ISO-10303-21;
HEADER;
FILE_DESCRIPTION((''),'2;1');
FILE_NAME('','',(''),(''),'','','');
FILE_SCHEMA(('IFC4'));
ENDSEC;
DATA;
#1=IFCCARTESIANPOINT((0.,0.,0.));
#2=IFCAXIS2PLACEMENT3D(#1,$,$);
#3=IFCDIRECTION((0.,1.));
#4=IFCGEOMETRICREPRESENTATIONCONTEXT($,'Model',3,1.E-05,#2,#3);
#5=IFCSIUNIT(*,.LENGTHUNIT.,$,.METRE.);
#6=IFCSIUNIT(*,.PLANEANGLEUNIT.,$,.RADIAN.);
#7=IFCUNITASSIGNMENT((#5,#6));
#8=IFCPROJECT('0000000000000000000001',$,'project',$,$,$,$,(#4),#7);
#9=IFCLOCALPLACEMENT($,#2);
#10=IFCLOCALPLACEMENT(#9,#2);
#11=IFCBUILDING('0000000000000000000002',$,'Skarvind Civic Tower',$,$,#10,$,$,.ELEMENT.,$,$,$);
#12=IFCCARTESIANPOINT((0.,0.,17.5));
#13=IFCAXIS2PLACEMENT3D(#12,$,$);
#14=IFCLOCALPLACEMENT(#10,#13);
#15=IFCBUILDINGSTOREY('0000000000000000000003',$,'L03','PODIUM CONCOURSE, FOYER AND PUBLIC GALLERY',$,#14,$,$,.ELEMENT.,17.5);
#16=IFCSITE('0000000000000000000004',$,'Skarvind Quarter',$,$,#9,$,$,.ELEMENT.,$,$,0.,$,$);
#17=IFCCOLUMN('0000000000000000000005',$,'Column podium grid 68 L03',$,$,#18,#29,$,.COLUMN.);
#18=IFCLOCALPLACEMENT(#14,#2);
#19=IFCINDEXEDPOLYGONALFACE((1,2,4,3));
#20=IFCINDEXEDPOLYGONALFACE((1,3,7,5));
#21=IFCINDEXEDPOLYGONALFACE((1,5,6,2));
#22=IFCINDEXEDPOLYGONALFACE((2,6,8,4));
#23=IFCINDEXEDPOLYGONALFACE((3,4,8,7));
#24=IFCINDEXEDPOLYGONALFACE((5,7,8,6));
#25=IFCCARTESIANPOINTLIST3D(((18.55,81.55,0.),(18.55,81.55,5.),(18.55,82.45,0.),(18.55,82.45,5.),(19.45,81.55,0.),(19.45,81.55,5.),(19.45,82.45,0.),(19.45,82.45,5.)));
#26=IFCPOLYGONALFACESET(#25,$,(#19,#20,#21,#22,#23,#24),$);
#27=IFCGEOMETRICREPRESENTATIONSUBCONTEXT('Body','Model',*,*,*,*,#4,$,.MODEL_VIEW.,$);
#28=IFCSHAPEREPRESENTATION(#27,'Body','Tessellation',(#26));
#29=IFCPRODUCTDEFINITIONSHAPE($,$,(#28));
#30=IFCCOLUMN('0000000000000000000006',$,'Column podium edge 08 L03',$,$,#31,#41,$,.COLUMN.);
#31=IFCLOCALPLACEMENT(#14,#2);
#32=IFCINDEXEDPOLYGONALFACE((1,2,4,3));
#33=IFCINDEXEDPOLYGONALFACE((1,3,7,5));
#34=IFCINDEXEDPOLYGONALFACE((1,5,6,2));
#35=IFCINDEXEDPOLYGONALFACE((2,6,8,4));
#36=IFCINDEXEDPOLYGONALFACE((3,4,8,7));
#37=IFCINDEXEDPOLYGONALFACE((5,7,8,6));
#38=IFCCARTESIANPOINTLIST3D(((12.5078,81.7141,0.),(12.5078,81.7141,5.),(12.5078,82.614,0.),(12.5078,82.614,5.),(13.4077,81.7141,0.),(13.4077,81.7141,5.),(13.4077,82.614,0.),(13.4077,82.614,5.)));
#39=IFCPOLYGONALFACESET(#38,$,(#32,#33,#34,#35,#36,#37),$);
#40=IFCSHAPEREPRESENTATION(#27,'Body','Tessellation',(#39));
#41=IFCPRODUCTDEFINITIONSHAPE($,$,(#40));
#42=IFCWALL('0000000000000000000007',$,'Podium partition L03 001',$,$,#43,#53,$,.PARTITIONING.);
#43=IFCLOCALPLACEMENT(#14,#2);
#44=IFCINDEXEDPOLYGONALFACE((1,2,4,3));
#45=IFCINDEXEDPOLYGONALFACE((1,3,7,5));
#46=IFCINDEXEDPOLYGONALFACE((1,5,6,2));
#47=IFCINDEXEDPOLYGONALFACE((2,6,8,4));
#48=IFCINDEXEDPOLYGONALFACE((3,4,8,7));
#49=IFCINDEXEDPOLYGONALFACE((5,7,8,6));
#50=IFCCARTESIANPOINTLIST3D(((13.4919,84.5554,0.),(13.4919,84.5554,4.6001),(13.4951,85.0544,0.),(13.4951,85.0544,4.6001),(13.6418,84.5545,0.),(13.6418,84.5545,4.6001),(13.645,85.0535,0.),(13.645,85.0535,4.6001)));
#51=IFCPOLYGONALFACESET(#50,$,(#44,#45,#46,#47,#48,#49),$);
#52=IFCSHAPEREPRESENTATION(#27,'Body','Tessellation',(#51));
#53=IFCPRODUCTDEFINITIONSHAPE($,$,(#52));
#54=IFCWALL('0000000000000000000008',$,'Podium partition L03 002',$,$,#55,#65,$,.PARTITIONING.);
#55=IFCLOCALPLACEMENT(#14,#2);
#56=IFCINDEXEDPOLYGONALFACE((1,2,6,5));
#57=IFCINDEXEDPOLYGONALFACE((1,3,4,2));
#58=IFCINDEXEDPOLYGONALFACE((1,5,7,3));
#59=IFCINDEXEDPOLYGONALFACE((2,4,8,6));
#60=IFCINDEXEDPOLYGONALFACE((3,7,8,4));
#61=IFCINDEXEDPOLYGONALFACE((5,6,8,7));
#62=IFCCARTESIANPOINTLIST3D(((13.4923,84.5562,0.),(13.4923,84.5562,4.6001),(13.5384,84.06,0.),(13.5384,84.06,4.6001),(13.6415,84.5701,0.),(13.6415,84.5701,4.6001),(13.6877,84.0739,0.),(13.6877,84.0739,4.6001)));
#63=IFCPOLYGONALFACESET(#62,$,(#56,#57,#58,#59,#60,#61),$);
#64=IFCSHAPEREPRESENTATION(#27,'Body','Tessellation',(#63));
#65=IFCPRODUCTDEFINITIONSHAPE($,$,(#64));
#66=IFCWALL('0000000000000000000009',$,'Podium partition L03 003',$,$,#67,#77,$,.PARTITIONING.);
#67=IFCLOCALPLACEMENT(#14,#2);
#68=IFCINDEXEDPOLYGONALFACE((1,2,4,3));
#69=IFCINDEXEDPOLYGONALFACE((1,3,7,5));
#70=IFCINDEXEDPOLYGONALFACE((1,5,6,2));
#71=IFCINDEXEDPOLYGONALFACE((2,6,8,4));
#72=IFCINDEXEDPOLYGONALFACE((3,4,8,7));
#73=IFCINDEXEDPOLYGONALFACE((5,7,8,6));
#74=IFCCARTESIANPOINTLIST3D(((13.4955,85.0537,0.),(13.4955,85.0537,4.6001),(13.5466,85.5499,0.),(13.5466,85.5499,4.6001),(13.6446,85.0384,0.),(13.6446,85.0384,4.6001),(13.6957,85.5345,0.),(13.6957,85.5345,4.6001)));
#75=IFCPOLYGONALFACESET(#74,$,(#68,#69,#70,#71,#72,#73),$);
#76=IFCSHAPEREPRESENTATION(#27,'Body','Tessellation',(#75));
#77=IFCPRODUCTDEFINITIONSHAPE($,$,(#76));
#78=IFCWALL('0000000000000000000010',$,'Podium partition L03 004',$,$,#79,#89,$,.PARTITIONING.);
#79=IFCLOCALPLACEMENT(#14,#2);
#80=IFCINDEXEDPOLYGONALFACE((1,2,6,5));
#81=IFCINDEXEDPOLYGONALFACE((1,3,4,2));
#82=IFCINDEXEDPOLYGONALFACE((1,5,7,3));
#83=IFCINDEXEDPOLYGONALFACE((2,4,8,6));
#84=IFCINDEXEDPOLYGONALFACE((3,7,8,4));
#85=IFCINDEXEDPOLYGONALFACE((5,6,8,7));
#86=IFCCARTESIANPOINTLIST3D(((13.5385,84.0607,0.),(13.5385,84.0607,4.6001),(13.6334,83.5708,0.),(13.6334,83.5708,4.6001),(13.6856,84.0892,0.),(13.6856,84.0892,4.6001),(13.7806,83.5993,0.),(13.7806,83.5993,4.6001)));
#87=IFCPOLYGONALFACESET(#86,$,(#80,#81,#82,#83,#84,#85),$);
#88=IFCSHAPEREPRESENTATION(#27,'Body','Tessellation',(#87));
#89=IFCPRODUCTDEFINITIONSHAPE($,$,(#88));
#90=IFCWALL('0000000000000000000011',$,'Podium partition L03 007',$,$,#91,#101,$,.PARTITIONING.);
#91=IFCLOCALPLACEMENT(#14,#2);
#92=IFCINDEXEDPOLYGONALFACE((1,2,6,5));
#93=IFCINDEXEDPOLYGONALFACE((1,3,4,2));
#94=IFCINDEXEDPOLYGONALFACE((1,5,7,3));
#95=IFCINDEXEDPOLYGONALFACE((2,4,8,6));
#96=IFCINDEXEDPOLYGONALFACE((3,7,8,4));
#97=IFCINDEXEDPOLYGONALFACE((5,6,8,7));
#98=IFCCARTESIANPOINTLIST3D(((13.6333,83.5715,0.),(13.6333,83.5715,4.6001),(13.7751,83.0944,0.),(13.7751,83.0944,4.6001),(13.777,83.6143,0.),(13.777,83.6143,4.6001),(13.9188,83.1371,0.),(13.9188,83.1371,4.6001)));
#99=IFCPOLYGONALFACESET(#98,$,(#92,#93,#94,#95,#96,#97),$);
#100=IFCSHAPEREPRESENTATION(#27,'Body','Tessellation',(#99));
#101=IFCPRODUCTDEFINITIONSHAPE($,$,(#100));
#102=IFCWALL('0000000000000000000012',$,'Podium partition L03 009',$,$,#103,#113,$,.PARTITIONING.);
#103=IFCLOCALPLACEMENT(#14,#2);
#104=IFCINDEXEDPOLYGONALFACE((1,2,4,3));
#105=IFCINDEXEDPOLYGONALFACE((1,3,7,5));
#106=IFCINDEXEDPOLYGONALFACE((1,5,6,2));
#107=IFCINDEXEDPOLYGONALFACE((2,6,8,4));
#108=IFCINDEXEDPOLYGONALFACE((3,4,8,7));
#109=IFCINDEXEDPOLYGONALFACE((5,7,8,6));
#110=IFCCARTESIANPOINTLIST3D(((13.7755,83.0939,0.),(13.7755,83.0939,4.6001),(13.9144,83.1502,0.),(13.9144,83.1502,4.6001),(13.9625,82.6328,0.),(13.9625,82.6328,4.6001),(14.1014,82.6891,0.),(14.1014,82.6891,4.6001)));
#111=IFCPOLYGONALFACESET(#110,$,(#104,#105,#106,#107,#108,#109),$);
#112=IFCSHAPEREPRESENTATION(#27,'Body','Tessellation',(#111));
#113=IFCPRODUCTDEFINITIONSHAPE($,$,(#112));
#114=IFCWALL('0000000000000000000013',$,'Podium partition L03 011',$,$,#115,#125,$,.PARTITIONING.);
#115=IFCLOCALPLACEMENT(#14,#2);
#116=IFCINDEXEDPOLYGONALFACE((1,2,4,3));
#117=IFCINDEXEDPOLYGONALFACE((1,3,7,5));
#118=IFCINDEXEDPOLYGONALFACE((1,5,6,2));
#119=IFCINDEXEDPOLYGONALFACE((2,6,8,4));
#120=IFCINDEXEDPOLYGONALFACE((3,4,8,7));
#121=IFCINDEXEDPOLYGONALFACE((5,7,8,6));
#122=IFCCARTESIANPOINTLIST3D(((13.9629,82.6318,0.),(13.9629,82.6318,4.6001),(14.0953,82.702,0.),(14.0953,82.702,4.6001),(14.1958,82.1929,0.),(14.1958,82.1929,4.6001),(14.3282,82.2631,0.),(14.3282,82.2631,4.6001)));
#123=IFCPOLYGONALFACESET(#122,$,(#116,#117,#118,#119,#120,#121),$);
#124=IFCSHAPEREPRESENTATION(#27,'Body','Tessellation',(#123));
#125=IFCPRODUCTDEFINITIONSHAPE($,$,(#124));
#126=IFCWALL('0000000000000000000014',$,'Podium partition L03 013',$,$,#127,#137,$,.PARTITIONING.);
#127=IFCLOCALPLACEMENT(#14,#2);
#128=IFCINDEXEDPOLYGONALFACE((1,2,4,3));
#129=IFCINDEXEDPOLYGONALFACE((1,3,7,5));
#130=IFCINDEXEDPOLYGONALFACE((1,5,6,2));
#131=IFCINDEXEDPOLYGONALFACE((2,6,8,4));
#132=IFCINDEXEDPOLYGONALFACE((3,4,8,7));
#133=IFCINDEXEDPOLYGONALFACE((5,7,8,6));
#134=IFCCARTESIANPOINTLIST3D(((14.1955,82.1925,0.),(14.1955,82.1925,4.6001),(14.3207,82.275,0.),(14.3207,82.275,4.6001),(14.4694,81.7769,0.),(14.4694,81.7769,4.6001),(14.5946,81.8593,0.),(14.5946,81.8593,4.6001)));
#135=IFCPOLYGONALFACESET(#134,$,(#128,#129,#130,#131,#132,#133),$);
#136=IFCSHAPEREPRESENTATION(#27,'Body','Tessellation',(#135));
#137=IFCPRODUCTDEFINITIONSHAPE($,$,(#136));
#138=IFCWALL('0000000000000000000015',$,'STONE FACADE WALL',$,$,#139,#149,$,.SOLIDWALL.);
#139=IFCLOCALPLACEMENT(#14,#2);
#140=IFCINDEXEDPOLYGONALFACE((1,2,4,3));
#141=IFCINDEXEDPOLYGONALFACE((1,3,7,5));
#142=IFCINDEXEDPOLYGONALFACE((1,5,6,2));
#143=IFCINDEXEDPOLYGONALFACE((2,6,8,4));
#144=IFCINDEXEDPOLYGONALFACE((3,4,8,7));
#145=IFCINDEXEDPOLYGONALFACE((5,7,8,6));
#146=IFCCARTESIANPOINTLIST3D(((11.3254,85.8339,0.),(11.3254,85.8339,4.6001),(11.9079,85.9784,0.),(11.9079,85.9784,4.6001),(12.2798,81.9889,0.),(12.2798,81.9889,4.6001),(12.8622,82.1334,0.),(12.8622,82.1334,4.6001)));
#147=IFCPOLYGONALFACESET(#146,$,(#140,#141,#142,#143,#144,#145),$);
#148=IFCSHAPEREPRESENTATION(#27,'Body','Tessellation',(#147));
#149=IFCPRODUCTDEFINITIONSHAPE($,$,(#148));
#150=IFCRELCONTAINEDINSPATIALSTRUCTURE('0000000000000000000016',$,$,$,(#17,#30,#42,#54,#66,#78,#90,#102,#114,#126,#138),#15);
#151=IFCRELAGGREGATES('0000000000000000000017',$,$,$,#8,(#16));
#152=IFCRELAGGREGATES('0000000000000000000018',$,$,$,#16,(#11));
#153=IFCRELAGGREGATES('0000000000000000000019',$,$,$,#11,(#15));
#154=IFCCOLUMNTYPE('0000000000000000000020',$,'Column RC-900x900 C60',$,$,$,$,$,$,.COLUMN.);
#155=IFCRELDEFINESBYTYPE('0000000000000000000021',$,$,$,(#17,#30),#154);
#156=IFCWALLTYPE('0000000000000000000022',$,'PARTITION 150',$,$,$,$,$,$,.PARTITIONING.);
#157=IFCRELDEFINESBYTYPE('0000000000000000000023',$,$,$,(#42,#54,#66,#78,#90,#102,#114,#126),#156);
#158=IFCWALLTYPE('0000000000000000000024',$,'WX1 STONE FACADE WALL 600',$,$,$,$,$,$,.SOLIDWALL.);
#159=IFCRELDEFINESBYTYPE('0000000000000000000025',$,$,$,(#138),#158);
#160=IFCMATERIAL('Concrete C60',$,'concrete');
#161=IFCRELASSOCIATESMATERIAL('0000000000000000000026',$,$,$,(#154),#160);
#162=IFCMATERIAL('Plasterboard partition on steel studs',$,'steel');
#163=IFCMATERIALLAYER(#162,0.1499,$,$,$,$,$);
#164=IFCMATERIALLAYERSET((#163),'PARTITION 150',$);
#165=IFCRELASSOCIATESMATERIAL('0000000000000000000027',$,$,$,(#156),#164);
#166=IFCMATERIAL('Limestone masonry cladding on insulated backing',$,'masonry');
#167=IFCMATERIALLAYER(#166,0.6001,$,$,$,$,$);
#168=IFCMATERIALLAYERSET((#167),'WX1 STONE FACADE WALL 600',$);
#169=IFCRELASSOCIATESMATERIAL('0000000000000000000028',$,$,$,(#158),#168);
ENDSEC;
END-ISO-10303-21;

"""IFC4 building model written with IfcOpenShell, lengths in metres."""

from ifc_helpers import new_model, si_unit, direction, frame, frame_2d, origin, origin_2d, place, context, subcontext, project, spatial, rectangle, extrude, material, layer, layer_set, material_profile, profile_set, type_object, element, save


model = new_model("IFC4")

# Units and contexts
model_context = context("Model", 3, precision=1e-05, world=origin(), true_north=direction((0.0, 1.0)))
body_context = subcontext(model_context, "Body", "Model", "MODEL_VIEW")
ifc_project = project(units=[si_unit("LENGTHUNIT", "METRE"), si_unit("PLANEANGLEUNIT", "RADIAN")], contexts=[model_context])

# Site, building, storey
site_placement = place(None, origin())
site = spatial("IfcSite", under=ifc_project, at=site_placement, Name="Skarvind Quarter", CompositionType="ELEMENT", RefElevation=0.0)
building_placement = place(site_placement, origin())
building = spatial("IfcBuilding", under=site, at=building_placement, Name="Skarvind Civic Tower", CompositionType="ELEMENT")
storey_placement = place(building_placement, frame((0.0, 0.0, 17.5)))
storey = spatial("IfcBuildingStorey", under=building, at=storey_placement, Name="L03", Description="PODIUM CONCOURSE, FOYER AND PUBLIC GALLERY", CompositionType="ELEMENT", Elevation=17.5)

# Columns
ifc_material_1 = material(Name="Concrete C60", Category="concrete")
ifc_material_profile = material_profile(ifc_material_1, rectangle(XDim=0.8999, YDim=0.8999, at=origin_2d()), Name="RC-900x900")
ifc_profile_set = profile_set([ifc_material_profile], Name="Concrete C60")
column_type = type_object("IfcColumnType", Name="Column RC-900x900 C60", PredefinedType="COLUMN", material=ifc_profile_set)
for number, where, z_axis, x_axis, name in (
    (1, (19.0, 82.0, 0.0), (0.0, 0.0, 1.0), (1.0, 0.0, 0.0), "Column podium grid 68 L03"),
    (2, (12.9578, 82.1641, 0.0), (0.0, 0.0, 1.0), (1.0, 0.0, 0.0), "Column podium edge 08 L03"),
):
    element("IfcColumn", number, at=place(storey_placement, frame(where, z_axis=z_axis, x_axis=x_axis)), inside=storey, type_object=column_type, Name=name, PredefinedType="COLUMN", context=body_context, shape_type="SweptSolid", body=[
        extrude(rectangle(XDim=0.8999, YDim=0.8999, at=origin_2d()), origin(), (0.0, 0.0, 1.0), 5.0),
    ])

# Walls
ifc_material_2 = material(Name="Plasterboard partition on steel studs", Category="steel")
ifc_layer_1 = layer(ifc_material_2, 0.1499)
ifc_layer_set_1 = layer_set([ifc_layer_1], Name="PARTITION 150")
wall_type_1 = type_object("IfcWallType", Name="PARTITION 150", PredefinedType="PARTITIONING", material=ifc_layer_set_1)
wall_1_placement = place(storey_placement, frame((13.5669, 84.5549, 0.0), z_axis=(0.0, 0.0, 1.0), x_axis=(0.00636, 0.99998, 0.0)))
element("IfcWall", 3, at=wall_1_placement, inside=storey, type_object=wall_type_1, Name="Podium partition L03 001", PredefinedType="PARTITIONING", context=body_context, shape_type="SweptSolid", body=[
    extrude(rectangle(XDim=0.499, YDim=0.1499, at=frame_2d((0.2495, 0.0))), origin(), (0.0, 0.0, 1.0), 4.6001),
])
wall_2_placement = place(storey_placement, frame((13.5669, 84.563, 0.0), z_axis=(0.0, 0.0, 1.0), x_axis=(0.092612, -0.995702, 0.0)))
element("IfcWall", 4, at=wall_2_placement, inside=storey, type_object=wall_type_1, Name="Podium partition L03 002", PredefinedType="PARTITIONING", context=body_context, shape_type="SweptSolid", body=[
    extrude(rectangle(XDim=0.4983, YDim=0.1499, at=frame_2d((0.249, 0.0))), origin(), (0.0, 0.0, 1.0), 4.6001),
])
wall_3_placement = place(storey_placement, frame((13.5701, 85.0459, 0.0), z_axis=(0.0, 0.0, 1.0), x_axis=(0.102315, 0.994752, 0.0)))
element("IfcWall", 5, at=wall_3_placement, inside=storey, type_object=wall_type_1, Name="Podium partition L03 003", PredefinedType="PARTITIONING", context=body_context, shape_type="SweptSolid", body=[
    extrude(rectangle(XDim=0.4988, YDim=0.1499, at=frame_2d((0.2495, 0.0))), origin(), (0.0, 0.0, 1.0), 4.6001),
])
wall_4_placement = place(storey_placement, frame((13.6121, 84.075, 0.0), z_axis=(0.0, 0.0, 1.0), x_axis=(0.19028, -0.98173, 0.0)))
element("IfcWall", 6, at=wall_4_placement, inside=storey, type_object=wall_type_1, Name="Podium partition L03 004", PredefinedType="PARTITIONING", context=body_context, shape_type="SweptSolid", body=[
    extrude(rectangle(XDim=0.499, YDim=0.1499, at=frame_2d((0.2495, 0.0))), origin(), (0.0, 0.0, 1.0), 4.6001),
])
wall_5_placement = place(storey_placement, frame((13.7051, 83.593, 0.0), z_axis=(0.0, 0.0, 1.0), x_axis=(0.285007, -0.958525, 0.0)))
element("IfcWall", 7, at=wall_5_placement, inside=storey, type_object=wall_type_1, Name="Podium partition L03 007", PredefinedType="PARTITIONING", context=body_context, shape_type="SweptSolid", body=[
    extrude(rectangle(XDim=0.4978, YDim=0.1499, at=frame_2d((0.249, 0.0))), origin(), (0.0, 0.0, 1.0), 4.6001),
])
wall_6_placement = place(storey_placement, frame((13.845, 83.1221, 0.0), z_axis=(0.0, 0.0, 1.0), x_axis=(0.375785, -0.926707, 0.0)))
element("IfcWall", 8, at=wall_6_placement, inside=storey, type_object=wall_type_1, Name="Podium partition L03 009", PredefinedType="PARTITIONING", context=body_context, shape_type="SweptSolid", body=[
    extrude(rectangle(XDim=0.4976, YDim=0.1499, at=frame_2d((0.2488, 0.0))), origin(), (0.0, 0.0, 1.0), 4.6001),
])
wall_7_placement = place(storey_placement, frame((14.0291, 82.667, 0.0), z_axis=(0.0, 0.0, 1.0), x_axis=(0.4687, -0.883357, 0.0)))
element("IfcWall", 9, at=wall_7_placement, inside=storey, type_object=wall_type_1, Name="Podium partition L03 011", PredefinedType="PARTITIONING", context=body_context, shape_type="SweptSolid", body=[
    extrude(rectangle(XDim=0.4968, YDim=0.1499, at=frame_2d((0.2485, 0.0))), origin(), (0.0, 0.0, 1.0), 4.6001),
])
wall_8_placement = place(storey_placement, frame((14.2581, 82.2339, 0.0), z_axis=(0.0, 0.0, 1.0), x_axis=(0.550166, -0.835055, 0.0)))
element("IfcWall", 10, at=wall_8_placement, inside=storey, type_object=wall_type_1, Name="Podium partition L03 013", PredefinedType="PARTITIONING", context=body_context, shape_type="SweptSolid", body=[
    extrude(rectangle(XDim=0.4978, YDim=0.1499, at=frame_2d((0.249, 0.0))), origin(), (0.0, 0.0, 1.0), 4.6001),
])
ifc_material_3 = material(Name="Limestone masonry cladding on insulated backing", Category="masonry")
ifc_layer_2 = layer(ifc_material_3, 0.6001)
ifc_layer_set_2 = layer_set([ifc_layer_2], Name="WX1 STONE FACADE WALL 600")
wall_type_2 = type_object("IfcWallType", Name="WX1 STONE FACADE WALL 600", PredefinedType="SOLIDWALL", material=ifc_layer_set_2)
wall_9_placement = place(storey_placement, frame((12.571, 82.061, 0.0), z_axis=(0.0, 0.0, 1.0), x_axis=(-0.240897, 0.970551, 0.0)))
element("IfcWall", 11, at=wall_9_placement, inside=storey, type_object=wall_type_2, Name="STONE FACADE WALL", PredefinedType="SOLIDWALL", context=body_context, shape_type="SweptSolid", body=[
    extrude(rectangle(XDim=3.9617, YDim=0.6001, at=frame_2d((1.981, 0.0))), origin(), (0.0, 0.0, 1.0), 4.6001),
])

save(model, "model.ifc")
